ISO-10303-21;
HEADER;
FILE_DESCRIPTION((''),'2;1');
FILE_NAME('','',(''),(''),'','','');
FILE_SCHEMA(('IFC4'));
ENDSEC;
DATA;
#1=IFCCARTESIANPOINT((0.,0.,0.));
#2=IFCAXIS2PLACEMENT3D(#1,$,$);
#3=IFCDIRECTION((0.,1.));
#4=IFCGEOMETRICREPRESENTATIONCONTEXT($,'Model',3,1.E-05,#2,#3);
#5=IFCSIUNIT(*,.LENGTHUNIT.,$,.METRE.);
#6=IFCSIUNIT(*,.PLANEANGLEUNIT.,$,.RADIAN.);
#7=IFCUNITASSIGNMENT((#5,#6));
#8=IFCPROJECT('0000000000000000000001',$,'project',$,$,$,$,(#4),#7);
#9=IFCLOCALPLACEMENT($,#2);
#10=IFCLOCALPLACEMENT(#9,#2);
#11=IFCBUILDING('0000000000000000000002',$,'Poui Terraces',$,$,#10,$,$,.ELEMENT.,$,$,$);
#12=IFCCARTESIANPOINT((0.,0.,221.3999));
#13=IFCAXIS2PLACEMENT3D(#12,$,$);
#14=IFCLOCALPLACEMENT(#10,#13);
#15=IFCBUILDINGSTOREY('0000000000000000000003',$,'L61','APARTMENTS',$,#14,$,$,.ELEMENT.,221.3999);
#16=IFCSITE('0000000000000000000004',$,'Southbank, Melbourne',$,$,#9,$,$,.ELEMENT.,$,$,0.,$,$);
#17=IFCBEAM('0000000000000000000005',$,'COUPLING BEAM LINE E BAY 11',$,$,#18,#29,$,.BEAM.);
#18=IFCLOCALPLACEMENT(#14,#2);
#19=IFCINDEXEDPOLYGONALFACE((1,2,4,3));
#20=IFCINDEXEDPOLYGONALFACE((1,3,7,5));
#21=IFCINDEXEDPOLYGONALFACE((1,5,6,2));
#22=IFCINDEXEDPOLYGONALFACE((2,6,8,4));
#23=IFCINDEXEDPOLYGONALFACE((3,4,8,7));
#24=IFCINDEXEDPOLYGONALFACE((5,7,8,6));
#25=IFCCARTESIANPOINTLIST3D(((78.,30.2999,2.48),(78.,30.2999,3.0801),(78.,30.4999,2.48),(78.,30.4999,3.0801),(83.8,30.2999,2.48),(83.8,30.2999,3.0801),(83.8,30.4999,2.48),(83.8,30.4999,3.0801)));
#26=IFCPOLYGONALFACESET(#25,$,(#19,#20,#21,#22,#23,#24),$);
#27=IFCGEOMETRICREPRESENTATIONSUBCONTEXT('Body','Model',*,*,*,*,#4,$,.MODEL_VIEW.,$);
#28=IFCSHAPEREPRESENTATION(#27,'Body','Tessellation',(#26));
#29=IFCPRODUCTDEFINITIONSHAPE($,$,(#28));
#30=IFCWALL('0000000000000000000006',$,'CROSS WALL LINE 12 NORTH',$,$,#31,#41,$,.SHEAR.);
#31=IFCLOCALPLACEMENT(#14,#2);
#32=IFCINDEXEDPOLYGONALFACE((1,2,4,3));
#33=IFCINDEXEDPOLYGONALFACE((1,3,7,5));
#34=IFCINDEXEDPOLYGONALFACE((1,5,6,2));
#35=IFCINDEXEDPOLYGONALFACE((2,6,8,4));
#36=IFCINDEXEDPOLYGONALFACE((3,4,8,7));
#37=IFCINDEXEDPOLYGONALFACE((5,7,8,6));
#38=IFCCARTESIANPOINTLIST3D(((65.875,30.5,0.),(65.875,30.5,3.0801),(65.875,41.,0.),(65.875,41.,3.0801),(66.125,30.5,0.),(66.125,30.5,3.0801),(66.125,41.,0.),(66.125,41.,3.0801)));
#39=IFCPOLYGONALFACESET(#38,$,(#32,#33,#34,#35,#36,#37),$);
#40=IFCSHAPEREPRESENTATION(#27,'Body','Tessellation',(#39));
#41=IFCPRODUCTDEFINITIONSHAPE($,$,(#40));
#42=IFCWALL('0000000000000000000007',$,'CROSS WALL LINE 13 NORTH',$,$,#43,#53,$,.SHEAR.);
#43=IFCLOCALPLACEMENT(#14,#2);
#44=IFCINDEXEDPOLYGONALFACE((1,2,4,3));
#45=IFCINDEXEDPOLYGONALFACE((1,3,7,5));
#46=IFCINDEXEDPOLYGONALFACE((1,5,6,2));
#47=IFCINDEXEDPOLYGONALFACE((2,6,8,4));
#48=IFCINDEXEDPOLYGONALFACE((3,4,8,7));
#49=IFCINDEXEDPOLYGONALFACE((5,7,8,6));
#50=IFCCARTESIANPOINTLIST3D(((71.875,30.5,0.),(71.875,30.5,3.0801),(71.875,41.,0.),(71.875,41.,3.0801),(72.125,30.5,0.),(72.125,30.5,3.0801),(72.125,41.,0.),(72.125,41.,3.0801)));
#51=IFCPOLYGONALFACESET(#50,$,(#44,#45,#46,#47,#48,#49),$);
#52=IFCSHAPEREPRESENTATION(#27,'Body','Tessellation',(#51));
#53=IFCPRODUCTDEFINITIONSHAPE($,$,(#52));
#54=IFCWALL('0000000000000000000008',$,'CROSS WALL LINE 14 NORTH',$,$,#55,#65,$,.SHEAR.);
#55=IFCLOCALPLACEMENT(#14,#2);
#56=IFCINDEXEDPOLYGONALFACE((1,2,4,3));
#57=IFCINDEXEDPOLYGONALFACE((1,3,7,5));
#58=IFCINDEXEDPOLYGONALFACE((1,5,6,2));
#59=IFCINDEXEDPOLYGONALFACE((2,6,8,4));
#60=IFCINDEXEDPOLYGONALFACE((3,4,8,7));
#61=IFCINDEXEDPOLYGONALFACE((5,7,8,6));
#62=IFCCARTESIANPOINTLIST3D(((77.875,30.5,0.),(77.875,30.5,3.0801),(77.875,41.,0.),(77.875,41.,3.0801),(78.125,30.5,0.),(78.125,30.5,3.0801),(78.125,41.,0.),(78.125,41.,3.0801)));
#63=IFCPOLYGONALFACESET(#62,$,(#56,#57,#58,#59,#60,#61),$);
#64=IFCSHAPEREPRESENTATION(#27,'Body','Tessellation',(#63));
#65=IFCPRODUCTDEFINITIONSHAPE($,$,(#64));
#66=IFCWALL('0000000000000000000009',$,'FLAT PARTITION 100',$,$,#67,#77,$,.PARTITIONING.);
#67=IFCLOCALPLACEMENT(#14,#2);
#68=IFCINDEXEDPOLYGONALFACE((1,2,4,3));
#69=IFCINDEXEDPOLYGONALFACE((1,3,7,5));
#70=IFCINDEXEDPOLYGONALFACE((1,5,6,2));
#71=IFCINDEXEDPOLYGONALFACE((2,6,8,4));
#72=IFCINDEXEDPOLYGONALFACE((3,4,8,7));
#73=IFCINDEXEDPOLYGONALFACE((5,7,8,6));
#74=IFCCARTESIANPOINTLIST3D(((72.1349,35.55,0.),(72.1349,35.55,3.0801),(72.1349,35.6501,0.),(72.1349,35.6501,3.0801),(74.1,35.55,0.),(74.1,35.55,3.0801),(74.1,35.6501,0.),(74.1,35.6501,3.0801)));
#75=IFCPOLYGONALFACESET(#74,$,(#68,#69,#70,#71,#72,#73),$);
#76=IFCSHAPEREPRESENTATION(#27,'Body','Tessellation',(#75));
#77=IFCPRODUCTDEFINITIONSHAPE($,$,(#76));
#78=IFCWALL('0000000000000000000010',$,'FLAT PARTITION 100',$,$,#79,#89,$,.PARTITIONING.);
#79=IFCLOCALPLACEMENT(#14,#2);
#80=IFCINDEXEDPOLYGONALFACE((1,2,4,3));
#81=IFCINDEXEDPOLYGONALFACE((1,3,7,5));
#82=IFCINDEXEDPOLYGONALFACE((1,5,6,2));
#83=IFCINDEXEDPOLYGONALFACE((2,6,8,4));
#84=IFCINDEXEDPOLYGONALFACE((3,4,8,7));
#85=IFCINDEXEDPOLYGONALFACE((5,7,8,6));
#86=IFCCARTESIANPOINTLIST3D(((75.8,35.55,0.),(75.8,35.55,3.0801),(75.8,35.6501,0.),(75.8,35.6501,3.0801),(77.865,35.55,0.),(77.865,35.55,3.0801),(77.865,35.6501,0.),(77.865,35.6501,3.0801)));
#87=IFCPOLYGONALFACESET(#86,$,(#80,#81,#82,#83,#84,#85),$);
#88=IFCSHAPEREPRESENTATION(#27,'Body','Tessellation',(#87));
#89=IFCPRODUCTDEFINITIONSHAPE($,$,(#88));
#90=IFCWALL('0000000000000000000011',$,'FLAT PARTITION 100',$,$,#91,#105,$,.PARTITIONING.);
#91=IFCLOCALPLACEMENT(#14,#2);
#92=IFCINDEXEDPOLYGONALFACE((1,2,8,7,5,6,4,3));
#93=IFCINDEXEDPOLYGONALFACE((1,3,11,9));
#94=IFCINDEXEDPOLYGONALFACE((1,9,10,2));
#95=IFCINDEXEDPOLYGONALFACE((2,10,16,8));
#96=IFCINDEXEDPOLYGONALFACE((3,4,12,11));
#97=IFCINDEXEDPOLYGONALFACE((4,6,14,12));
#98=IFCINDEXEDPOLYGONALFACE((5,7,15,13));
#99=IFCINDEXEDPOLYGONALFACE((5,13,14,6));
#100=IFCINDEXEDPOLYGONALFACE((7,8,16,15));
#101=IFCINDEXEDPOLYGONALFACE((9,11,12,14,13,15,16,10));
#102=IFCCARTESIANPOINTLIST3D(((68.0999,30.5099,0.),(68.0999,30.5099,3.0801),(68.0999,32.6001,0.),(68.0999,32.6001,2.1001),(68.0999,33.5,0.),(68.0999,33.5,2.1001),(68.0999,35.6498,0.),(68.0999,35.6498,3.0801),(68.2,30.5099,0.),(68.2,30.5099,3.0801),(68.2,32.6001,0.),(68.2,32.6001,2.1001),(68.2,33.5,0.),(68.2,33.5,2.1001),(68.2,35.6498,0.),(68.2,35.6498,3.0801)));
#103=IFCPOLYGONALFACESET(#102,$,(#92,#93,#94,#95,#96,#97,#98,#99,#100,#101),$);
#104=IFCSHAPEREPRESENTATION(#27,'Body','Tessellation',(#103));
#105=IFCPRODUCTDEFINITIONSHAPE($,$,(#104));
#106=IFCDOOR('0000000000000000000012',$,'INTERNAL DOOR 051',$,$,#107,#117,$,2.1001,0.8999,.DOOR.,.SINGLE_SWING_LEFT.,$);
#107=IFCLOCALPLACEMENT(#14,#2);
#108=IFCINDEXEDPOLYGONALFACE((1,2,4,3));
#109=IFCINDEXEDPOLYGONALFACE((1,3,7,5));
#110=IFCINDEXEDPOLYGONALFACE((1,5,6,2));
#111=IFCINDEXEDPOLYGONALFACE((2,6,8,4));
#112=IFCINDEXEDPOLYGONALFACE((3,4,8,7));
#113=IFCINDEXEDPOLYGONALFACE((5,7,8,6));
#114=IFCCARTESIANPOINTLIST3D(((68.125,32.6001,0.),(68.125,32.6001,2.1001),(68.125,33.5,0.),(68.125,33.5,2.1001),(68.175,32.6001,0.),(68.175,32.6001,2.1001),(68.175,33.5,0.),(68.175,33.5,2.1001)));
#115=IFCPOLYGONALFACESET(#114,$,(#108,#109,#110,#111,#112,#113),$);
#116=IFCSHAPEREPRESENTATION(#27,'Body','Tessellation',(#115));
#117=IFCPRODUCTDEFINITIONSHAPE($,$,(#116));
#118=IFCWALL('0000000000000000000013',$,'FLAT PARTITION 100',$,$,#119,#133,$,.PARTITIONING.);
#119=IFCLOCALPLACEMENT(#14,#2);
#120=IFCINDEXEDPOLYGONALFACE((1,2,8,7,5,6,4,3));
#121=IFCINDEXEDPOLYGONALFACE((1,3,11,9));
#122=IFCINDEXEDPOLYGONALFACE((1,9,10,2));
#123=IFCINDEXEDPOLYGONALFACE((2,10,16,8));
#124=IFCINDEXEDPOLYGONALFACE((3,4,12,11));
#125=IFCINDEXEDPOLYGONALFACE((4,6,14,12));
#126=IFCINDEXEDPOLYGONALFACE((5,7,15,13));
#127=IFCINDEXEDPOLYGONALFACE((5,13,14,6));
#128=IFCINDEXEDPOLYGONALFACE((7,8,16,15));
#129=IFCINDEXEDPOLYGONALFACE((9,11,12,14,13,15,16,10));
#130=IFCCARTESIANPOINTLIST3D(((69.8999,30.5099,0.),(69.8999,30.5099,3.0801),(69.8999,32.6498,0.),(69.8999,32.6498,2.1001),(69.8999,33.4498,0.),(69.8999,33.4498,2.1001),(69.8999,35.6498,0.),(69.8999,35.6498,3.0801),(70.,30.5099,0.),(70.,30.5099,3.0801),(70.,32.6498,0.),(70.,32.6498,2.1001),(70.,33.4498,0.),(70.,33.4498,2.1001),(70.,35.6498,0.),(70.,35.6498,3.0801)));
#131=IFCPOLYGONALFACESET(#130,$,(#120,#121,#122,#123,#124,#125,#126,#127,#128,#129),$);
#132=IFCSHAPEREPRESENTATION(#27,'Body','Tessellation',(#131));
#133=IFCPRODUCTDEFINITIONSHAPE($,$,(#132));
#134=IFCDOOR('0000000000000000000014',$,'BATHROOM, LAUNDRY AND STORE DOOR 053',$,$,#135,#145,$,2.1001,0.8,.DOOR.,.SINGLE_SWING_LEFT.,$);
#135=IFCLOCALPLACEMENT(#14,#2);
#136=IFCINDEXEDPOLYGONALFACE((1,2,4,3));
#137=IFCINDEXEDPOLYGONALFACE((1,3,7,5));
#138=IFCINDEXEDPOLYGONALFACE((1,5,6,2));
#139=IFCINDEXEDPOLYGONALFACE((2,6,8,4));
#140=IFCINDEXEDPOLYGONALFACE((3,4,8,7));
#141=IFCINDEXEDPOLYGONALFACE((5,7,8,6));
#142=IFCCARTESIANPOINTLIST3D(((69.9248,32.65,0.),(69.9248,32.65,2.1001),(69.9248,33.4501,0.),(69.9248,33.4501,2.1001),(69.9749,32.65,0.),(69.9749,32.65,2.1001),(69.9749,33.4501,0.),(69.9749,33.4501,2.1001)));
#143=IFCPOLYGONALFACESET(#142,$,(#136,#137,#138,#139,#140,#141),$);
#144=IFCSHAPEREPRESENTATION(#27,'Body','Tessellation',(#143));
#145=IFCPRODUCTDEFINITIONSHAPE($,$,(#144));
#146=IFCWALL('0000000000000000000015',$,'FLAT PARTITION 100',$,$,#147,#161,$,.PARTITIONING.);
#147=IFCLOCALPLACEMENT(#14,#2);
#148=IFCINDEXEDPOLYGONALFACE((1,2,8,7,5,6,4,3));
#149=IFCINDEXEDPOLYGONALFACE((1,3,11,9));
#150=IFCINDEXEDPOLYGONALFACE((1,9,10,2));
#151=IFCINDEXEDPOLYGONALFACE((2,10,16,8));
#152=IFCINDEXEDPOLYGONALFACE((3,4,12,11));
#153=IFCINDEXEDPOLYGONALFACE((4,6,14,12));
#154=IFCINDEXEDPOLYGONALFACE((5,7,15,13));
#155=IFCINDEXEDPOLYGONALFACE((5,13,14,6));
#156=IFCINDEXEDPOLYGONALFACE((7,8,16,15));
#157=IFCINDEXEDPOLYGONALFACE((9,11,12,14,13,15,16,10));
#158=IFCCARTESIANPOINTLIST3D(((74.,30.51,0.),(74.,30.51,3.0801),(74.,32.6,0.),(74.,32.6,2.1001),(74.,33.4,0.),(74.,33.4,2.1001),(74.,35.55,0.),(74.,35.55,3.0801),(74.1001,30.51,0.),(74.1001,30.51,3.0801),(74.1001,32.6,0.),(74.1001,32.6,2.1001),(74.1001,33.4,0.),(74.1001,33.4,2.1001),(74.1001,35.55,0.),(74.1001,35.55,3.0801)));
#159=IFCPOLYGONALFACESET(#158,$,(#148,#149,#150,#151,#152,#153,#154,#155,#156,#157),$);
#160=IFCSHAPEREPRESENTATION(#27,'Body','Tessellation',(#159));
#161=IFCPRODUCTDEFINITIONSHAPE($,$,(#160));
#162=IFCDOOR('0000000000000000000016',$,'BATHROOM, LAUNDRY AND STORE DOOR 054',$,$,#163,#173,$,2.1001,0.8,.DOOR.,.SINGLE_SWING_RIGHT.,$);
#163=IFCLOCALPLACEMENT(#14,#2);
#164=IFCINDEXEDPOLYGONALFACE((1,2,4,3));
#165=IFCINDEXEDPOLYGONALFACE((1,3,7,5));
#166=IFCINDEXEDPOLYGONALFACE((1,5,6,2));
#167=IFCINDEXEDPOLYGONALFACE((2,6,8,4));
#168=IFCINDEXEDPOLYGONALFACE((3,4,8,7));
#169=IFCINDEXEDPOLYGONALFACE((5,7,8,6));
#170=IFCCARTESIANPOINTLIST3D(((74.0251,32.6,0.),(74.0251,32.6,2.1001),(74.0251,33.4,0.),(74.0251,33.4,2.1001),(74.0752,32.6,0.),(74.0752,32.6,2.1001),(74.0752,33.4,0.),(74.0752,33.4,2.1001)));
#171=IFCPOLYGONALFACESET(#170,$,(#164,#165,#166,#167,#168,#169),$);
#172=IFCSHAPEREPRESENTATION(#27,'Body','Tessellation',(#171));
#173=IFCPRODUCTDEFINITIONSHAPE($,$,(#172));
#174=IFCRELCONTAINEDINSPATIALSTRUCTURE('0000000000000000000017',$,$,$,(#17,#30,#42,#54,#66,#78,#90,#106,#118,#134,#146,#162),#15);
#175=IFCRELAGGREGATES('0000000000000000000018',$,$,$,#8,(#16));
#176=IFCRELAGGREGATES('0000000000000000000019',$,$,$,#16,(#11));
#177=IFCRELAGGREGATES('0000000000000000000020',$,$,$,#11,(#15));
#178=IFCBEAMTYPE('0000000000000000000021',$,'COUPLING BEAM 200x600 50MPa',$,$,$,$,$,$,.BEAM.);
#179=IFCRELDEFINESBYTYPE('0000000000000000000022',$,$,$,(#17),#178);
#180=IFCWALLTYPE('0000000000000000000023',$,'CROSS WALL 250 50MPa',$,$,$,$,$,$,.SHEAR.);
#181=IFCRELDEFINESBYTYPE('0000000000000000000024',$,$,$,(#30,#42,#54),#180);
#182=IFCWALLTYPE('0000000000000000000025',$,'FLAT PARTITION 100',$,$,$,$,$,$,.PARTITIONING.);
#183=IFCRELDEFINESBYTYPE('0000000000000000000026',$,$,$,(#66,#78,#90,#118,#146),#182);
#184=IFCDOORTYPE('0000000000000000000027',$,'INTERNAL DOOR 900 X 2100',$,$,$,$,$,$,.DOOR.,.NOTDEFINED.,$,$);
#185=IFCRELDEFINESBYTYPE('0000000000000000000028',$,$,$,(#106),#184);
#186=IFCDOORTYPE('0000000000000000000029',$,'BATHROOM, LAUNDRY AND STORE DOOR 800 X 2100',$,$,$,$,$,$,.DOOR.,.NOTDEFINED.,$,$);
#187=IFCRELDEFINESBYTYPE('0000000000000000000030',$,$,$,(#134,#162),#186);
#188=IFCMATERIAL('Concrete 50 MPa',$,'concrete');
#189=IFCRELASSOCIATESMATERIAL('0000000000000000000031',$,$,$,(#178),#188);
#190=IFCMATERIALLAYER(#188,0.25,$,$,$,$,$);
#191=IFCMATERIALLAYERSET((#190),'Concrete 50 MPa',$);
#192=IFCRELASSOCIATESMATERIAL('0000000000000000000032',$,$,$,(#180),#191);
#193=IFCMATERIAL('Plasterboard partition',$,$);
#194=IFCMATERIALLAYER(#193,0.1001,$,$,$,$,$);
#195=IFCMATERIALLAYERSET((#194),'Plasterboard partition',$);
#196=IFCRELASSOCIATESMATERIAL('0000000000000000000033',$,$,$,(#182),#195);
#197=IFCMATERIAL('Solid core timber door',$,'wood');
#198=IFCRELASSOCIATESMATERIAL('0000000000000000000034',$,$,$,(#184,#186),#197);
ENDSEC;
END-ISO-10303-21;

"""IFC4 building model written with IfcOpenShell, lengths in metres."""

from ifc_helpers import new_model, si_unit, direction, frame, frame_2d, origin, origin_2d, place, context, subcontext, project, spatial, rectangle, extrude, source, transform, mapped, material, layer, layer_set, material_profile, profile_set, type_object, element, fill, save


model = new_model("IFC4")

# Units and contexts
model_context = context("Model", 3, precision=1e-05, world=origin(), true_north=direction((0.0, 1.0)))
body_context = subcontext(model_context, "Body", "Model", "MODEL_VIEW")
ifc_project = project(units=[si_unit("LENGTHUNIT", "METRE"), si_unit("PLANEANGLEUNIT", "RADIAN")], contexts=[model_context])

# Site, building, storey
site_placement = place(None, origin())
site = spatial("IfcSite", under=ifc_project, at=site_placement, Name="Southbank, Melbourne", CompositionType="ELEMENT", RefElevation=0.0)
building_placement = place(site_placement, origin())
building = spatial("IfcBuilding", under=site, at=building_placement, Name="Poui Terraces", CompositionType="ELEMENT")
storey_placement = place(building_placement, frame((0.0, 0.0, 221.3999)))
storey = spatial("IfcBuildingStorey", under=building, at=storey_placement, Name="L61", Description="APARTMENTS", CompositionType="ELEMENT", Elevation=221.3999)

# Beam
ifc_material_1 = material(Name="Concrete 50 MPa", Category="concrete")
ifc_material_profile = material_profile(ifc_material_1, rectangle(XDim=0.2, YDim=0.6001, at=origin_2d()), Name="RC 200x600")
ifc_profile_set = profile_set([ifc_material_profile], Name="Concrete 50 MPa")
beam_type = type_object("IfcBeamType", Name="COUPLING BEAM 200x600 50MPa", PredefinedType="BEAM", material=ifc_profile_set)
shared_shape = source(origin(), body_context, "Body", "SweptSolid", [
    extrude(rectangle(XDim=0.2, YDim=0.6001, at=origin_2d()), origin(), (0.0, 0.0, 1.0), 5.8),
])
beam_placement = place(storey_placement, frame((78.0, 30.3999, 2.78), z_axis=(1.0, 0.0, 0.0), x_axis=(0.0, 1.0, 0.0)))
element("IfcBeam", 1, at=beam_placement, inside=storey, type_object=beam_type, Name="COUPLING BEAM LINE E BAY 11", PredefinedType="BEAM", context=body_context, shape_type="MappedRepresentation", body=[
    mapped(shared_shape, transform((0.0, 0.0, 0.0))),
])

# Walls
ifc_layer_1 = layer(ifc_material_1, 0.25)
ifc_layer_set_1 = layer_set([ifc_layer_1], Name="Concrete 50 MPa")
wall_type_1 = type_object("IfcWallType", Name="CROSS WALL 250 50MPa", PredefinedType="SHEAR", material=ifc_layer_set_1)
for number, where, z_axis, x_axis, name in (
    (2, (66.0, 30.5, 0.0), (0.0, 0.0, 1.0), (0.0, 1.0, 0.0), "CROSS WALL LINE 12 NORTH"),
    (3, (72.0, 30.5, 0.0), (0.0, 0.0, 1.0), (0.0, 1.0, 0.0), "CROSS WALL LINE 13 NORTH"),
    (4, (78.0, 30.5, 0.0), (0.0, 0.0, 1.0), (0.0, 1.0, 0.0), "CROSS WALL LINE 14 NORTH"),
):
    element("IfcWall", number, at=place(storey_placement, frame(where, z_axis=z_axis, x_axis=x_axis)), inside=storey, type_object=wall_type_1, Name=name, PredefinedType="SHEAR", context=body_context, shape_type="SweptSolid", body=[
        extrude(rectangle(XDim=10.5, YDim=0.25, at=frame_2d((5.25, 0.0))), origin(), (0.0, 0.0, 1.0), 3.0801),
    ])
ifc_material_2 = material(Name="Plasterboard partition")
ifc_layer_2 = layer(ifc_material_2, 0.1001)
ifc_layer_set_2 = layer_set([ifc_layer_2], Name="Plasterboard partition")
wall_type_2 = type_object("IfcWallType", Name="FLAT PARTITION 100", PredefinedType="PARTITIONING", material=ifc_layer_set_2)
wall_1_placement = place(storey_placement, frame((72.135, 35.6001, 0.0), z_axis=(0.0, 0.0, 1.0), x_axis=(1.0, 0.0, 0.0)))
element("IfcWall", 5, at=wall_1_placement, inside=storey, type_object=wall_type_2, Name="FLAT PARTITION 100", PredefinedType="PARTITIONING", context=body_context, shape_type="SweptSolid", body=[
    extrude(rectangle(XDim=1.9651, YDim=0.1001, at=frame_2d((0.9824, 0.0))), origin(), (0.0, 0.0, 1.0), 3.0801),
])
wall_2_placement = place(storey_placement, frame((75.8, 35.6001, 0.0), z_axis=(0.0, 0.0, 1.0), x_axis=(1.0, 0.0, 0.0)))
element("IfcWall", 6, at=wall_2_placement, inside=storey, type_object=wall_type_2, Name="FLAT PARTITION 100", PredefinedType="PARTITIONING", context=body_context, shape_type="SweptSolid", body=[
    extrude(rectangle(XDim=2.0649, YDim=0.1001, at=frame_2d((1.0325, 0.0))), origin(), (0.0, 0.0, 1.0), 3.0801),
])

# Walls, openings, doors
wall_3_placement = place(storey_placement, frame((68.1499, 30.51, 0.0), z_axis=(0.0, 0.0, 1.0), x_axis=(0.0, 1.0, 0.0)))
wall_3 = element("IfcWall", 7, at=wall_3_placement, inside=storey, type_object=wall_type_2, Name="FLAT PARTITION 100", PredefinedType="PARTITIONING", context=body_context, shape_type="SweptSolid", body=[
    extrude(rectangle(XDim=5.1399, YDim=0.1001, at=frame_2d((2.5698, 0.0))), origin(), (0.0, 0.0, 1.0), 3.0801),
])
opening_1_placement = place(wall_3_placement, frame((2.0901, 0.0, 0.0)))
opening_1 = element("IfcOpeningElement", 8, at=opening_1_placement, cuts=wall_3, PredefinedType="OPENING", context=body_context, shape_type="SweptSolid", body=[
    extrude(rectangle(XDim=0.8999, YDim=2.1001, at=frame_2d((0.45, 1.05))), frame((0.0, 0.0601, 0.0), z_axis=(0.0, -1.0, 0.0), x_axis=(1.0, 0.0, 0.0)), (0.0, 0.0, 1.0), 0.1201),
])
ifc_material_3 = material(Name="Solid core timber door", Category="wood")
door_type_1 = type_object("IfcDoorType", Name="INTERNAL DOOR 900 X 2100", OperationType="NOTDEFINED", PredefinedType="DOOR", material=ifc_material_3)
door_1_placement = place(opening_1_placement, origin())
door_1 = element("IfcDoor", 9, at=door_1_placement, inside=storey, type_object=door_type_1, Name="INTERNAL DOOR 051", OperationType="SINGLE_SWING_LEFT", OverallHeight=2.1001, OverallWidth=0.8999, PredefinedType="DOOR", context=body_context, shape_type="SweptSolid", body=[
    extrude(rectangle(XDim=0.8999, YDim=2.1001, at=frame_2d((0.45, 1.05))), frame((0.0, 0.0249, 0.0), z_axis=(0.0, -1.0, 0.0), x_axis=(1.0, 0.0, 0.0)), (0.0, 0.0, 1.0), 0.05),
])
fill(opening_1, door_1)
wall_4_placement = place(storey_placement, frame((69.95, 30.51, 0.0), z_axis=(0.0, 0.0, 1.0), x_axis=(0.0, 1.0, 0.0)))
wall_4 = element("IfcWall", 10, at=wall_4_placement, inside=storey, type_object=wall_type_2, Name="FLAT PARTITION 100", PredefinedType="PARTITIONING", context=body_context, shape_type="SweptSolid", body=[
    extrude(rectangle(XDim=5.1399, YDim=0.1001, at=frame_2d((2.5698, 0.0))), origin(), (0.0, 0.0, 1.0), 3.0801),
])
opening_2_placement = place(wall_4_placement, frame((2.1399, 0.0, 0.0)))
opening_2 = element("IfcOpeningElement", 11, at=opening_2_placement, cuts=wall_4, PredefinedType="OPENING", context=body_context, shape_type="SweptSolid", body=[
    extrude(rectangle(XDim=0.8, YDim=2.1001, at=frame_2d((0.3999, 1.05))), frame((0.0, 0.0601, 0.0), z_axis=(0.0, -1.0, 0.0), x_axis=(1.0, 0.0, 0.0)), (0.0, 0.0, 1.0), 0.1201),
])
door_type_2 = type_object("IfcDoorType", Name="BATHROOM, LAUNDRY AND STORE DOOR 800 X 2100", OperationType="NOTDEFINED", PredefinedType="DOOR", material=ifc_material_3)
door_2_placement = place(opening_2_placement, frame((0.8, 0.0, 0.0), z_axis=(0.0, 0.0, 1.0), x_axis=(-1.0, 0.0, 0.0)))
door_2 = element("IfcDoor", 12, at=door_2_placement, inside=storey, type_object=door_type_2, Name="BATHROOM, LAUNDRY AND STORE DOOR 053", OperationType="SINGLE_SWING_LEFT", OverallHeight=2.1001, OverallWidth=0.8, PredefinedType="DOOR", context=body_context, shape_type="SweptSolid", body=[
    extrude(rectangle(XDim=0.8, YDim=2.1001, at=frame_2d((0.3999, 1.05))), frame((0.0, 0.0249, 0.0), z_axis=(0.0, -1.0, 0.0), x_axis=(1.0, 0.0, 0.0)), (0.0, 0.0, 1.0), 0.05),
])
fill(opening_2, door_2)
wall_5_placement = place(storey_placement, frame((74.05, 30.51, 0.0), z_axis=(0.0, 0.0, 1.0), x_axis=(0.0, 1.0, 0.0)))
wall_5 = element("IfcWall", 13, at=wall_5_placement, inside=storey, type_object=wall_type_2, Name="FLAT PARTITION 100", PredefinedType="PARTITIONING", context=body_context, shape_type="SweptSolid", body=[
    extrude(rectangle(XDim=5.04, YDim=0.1001, at=frame_2d((2.52, 0.0))), origin(), (0.0, 0.0, 1.0), 3.0801),
])
opening_3_placement = place(wall_5_placement, frame((2.0901, 0.0, 0.0)))
opening_3 = element("IfcOpeningElement", 14, at=opening_3_placement, cuts=wall_5, PredefinedType="OPENING", context=body_context, shape_type="SweptSolid", body=[
    extrude(rectangle(XDim=0.8, YDim=2.1001, at=frame_2d((0.3999, 1.05))), frame((0.0, 0.0601, 0.0), z_axis=(0.0, -1.0, 0.0), x_axis=(1.0, 0.0, 0.0)), (0.0, 0.0, 1.0), 0.1201),
])
door_3_placement = place(opening_3_placement, origin())
door_3 = element("IfcDoor", 15, at=door_3_placement, inside=storey, type_object=door_type_2, Name="BATHROOM, LAUNDRY AND STORE DOOR 054", OperationType="SINGLE_SWING_RIGHT", OverallHeight=2.1001, OverallWidth=0.8, PredefinedType="DOOR", context=body_context, shape_type="SweptSolid", body=[
    extrude(rectangle(XDim=0.8, YDim=2.1001, at=frame_2d((0.3999, 1.05))), frame((0.0, 0.0249, 0.0), z_axis=(0.0, -1.0, 0.0), x_axis=(1.0, 0.0, 0.0)), (0.0, 0.0, 1.0), 0.05),
])
fill(opening_3, door_3)

save(model, "model.ifc")
